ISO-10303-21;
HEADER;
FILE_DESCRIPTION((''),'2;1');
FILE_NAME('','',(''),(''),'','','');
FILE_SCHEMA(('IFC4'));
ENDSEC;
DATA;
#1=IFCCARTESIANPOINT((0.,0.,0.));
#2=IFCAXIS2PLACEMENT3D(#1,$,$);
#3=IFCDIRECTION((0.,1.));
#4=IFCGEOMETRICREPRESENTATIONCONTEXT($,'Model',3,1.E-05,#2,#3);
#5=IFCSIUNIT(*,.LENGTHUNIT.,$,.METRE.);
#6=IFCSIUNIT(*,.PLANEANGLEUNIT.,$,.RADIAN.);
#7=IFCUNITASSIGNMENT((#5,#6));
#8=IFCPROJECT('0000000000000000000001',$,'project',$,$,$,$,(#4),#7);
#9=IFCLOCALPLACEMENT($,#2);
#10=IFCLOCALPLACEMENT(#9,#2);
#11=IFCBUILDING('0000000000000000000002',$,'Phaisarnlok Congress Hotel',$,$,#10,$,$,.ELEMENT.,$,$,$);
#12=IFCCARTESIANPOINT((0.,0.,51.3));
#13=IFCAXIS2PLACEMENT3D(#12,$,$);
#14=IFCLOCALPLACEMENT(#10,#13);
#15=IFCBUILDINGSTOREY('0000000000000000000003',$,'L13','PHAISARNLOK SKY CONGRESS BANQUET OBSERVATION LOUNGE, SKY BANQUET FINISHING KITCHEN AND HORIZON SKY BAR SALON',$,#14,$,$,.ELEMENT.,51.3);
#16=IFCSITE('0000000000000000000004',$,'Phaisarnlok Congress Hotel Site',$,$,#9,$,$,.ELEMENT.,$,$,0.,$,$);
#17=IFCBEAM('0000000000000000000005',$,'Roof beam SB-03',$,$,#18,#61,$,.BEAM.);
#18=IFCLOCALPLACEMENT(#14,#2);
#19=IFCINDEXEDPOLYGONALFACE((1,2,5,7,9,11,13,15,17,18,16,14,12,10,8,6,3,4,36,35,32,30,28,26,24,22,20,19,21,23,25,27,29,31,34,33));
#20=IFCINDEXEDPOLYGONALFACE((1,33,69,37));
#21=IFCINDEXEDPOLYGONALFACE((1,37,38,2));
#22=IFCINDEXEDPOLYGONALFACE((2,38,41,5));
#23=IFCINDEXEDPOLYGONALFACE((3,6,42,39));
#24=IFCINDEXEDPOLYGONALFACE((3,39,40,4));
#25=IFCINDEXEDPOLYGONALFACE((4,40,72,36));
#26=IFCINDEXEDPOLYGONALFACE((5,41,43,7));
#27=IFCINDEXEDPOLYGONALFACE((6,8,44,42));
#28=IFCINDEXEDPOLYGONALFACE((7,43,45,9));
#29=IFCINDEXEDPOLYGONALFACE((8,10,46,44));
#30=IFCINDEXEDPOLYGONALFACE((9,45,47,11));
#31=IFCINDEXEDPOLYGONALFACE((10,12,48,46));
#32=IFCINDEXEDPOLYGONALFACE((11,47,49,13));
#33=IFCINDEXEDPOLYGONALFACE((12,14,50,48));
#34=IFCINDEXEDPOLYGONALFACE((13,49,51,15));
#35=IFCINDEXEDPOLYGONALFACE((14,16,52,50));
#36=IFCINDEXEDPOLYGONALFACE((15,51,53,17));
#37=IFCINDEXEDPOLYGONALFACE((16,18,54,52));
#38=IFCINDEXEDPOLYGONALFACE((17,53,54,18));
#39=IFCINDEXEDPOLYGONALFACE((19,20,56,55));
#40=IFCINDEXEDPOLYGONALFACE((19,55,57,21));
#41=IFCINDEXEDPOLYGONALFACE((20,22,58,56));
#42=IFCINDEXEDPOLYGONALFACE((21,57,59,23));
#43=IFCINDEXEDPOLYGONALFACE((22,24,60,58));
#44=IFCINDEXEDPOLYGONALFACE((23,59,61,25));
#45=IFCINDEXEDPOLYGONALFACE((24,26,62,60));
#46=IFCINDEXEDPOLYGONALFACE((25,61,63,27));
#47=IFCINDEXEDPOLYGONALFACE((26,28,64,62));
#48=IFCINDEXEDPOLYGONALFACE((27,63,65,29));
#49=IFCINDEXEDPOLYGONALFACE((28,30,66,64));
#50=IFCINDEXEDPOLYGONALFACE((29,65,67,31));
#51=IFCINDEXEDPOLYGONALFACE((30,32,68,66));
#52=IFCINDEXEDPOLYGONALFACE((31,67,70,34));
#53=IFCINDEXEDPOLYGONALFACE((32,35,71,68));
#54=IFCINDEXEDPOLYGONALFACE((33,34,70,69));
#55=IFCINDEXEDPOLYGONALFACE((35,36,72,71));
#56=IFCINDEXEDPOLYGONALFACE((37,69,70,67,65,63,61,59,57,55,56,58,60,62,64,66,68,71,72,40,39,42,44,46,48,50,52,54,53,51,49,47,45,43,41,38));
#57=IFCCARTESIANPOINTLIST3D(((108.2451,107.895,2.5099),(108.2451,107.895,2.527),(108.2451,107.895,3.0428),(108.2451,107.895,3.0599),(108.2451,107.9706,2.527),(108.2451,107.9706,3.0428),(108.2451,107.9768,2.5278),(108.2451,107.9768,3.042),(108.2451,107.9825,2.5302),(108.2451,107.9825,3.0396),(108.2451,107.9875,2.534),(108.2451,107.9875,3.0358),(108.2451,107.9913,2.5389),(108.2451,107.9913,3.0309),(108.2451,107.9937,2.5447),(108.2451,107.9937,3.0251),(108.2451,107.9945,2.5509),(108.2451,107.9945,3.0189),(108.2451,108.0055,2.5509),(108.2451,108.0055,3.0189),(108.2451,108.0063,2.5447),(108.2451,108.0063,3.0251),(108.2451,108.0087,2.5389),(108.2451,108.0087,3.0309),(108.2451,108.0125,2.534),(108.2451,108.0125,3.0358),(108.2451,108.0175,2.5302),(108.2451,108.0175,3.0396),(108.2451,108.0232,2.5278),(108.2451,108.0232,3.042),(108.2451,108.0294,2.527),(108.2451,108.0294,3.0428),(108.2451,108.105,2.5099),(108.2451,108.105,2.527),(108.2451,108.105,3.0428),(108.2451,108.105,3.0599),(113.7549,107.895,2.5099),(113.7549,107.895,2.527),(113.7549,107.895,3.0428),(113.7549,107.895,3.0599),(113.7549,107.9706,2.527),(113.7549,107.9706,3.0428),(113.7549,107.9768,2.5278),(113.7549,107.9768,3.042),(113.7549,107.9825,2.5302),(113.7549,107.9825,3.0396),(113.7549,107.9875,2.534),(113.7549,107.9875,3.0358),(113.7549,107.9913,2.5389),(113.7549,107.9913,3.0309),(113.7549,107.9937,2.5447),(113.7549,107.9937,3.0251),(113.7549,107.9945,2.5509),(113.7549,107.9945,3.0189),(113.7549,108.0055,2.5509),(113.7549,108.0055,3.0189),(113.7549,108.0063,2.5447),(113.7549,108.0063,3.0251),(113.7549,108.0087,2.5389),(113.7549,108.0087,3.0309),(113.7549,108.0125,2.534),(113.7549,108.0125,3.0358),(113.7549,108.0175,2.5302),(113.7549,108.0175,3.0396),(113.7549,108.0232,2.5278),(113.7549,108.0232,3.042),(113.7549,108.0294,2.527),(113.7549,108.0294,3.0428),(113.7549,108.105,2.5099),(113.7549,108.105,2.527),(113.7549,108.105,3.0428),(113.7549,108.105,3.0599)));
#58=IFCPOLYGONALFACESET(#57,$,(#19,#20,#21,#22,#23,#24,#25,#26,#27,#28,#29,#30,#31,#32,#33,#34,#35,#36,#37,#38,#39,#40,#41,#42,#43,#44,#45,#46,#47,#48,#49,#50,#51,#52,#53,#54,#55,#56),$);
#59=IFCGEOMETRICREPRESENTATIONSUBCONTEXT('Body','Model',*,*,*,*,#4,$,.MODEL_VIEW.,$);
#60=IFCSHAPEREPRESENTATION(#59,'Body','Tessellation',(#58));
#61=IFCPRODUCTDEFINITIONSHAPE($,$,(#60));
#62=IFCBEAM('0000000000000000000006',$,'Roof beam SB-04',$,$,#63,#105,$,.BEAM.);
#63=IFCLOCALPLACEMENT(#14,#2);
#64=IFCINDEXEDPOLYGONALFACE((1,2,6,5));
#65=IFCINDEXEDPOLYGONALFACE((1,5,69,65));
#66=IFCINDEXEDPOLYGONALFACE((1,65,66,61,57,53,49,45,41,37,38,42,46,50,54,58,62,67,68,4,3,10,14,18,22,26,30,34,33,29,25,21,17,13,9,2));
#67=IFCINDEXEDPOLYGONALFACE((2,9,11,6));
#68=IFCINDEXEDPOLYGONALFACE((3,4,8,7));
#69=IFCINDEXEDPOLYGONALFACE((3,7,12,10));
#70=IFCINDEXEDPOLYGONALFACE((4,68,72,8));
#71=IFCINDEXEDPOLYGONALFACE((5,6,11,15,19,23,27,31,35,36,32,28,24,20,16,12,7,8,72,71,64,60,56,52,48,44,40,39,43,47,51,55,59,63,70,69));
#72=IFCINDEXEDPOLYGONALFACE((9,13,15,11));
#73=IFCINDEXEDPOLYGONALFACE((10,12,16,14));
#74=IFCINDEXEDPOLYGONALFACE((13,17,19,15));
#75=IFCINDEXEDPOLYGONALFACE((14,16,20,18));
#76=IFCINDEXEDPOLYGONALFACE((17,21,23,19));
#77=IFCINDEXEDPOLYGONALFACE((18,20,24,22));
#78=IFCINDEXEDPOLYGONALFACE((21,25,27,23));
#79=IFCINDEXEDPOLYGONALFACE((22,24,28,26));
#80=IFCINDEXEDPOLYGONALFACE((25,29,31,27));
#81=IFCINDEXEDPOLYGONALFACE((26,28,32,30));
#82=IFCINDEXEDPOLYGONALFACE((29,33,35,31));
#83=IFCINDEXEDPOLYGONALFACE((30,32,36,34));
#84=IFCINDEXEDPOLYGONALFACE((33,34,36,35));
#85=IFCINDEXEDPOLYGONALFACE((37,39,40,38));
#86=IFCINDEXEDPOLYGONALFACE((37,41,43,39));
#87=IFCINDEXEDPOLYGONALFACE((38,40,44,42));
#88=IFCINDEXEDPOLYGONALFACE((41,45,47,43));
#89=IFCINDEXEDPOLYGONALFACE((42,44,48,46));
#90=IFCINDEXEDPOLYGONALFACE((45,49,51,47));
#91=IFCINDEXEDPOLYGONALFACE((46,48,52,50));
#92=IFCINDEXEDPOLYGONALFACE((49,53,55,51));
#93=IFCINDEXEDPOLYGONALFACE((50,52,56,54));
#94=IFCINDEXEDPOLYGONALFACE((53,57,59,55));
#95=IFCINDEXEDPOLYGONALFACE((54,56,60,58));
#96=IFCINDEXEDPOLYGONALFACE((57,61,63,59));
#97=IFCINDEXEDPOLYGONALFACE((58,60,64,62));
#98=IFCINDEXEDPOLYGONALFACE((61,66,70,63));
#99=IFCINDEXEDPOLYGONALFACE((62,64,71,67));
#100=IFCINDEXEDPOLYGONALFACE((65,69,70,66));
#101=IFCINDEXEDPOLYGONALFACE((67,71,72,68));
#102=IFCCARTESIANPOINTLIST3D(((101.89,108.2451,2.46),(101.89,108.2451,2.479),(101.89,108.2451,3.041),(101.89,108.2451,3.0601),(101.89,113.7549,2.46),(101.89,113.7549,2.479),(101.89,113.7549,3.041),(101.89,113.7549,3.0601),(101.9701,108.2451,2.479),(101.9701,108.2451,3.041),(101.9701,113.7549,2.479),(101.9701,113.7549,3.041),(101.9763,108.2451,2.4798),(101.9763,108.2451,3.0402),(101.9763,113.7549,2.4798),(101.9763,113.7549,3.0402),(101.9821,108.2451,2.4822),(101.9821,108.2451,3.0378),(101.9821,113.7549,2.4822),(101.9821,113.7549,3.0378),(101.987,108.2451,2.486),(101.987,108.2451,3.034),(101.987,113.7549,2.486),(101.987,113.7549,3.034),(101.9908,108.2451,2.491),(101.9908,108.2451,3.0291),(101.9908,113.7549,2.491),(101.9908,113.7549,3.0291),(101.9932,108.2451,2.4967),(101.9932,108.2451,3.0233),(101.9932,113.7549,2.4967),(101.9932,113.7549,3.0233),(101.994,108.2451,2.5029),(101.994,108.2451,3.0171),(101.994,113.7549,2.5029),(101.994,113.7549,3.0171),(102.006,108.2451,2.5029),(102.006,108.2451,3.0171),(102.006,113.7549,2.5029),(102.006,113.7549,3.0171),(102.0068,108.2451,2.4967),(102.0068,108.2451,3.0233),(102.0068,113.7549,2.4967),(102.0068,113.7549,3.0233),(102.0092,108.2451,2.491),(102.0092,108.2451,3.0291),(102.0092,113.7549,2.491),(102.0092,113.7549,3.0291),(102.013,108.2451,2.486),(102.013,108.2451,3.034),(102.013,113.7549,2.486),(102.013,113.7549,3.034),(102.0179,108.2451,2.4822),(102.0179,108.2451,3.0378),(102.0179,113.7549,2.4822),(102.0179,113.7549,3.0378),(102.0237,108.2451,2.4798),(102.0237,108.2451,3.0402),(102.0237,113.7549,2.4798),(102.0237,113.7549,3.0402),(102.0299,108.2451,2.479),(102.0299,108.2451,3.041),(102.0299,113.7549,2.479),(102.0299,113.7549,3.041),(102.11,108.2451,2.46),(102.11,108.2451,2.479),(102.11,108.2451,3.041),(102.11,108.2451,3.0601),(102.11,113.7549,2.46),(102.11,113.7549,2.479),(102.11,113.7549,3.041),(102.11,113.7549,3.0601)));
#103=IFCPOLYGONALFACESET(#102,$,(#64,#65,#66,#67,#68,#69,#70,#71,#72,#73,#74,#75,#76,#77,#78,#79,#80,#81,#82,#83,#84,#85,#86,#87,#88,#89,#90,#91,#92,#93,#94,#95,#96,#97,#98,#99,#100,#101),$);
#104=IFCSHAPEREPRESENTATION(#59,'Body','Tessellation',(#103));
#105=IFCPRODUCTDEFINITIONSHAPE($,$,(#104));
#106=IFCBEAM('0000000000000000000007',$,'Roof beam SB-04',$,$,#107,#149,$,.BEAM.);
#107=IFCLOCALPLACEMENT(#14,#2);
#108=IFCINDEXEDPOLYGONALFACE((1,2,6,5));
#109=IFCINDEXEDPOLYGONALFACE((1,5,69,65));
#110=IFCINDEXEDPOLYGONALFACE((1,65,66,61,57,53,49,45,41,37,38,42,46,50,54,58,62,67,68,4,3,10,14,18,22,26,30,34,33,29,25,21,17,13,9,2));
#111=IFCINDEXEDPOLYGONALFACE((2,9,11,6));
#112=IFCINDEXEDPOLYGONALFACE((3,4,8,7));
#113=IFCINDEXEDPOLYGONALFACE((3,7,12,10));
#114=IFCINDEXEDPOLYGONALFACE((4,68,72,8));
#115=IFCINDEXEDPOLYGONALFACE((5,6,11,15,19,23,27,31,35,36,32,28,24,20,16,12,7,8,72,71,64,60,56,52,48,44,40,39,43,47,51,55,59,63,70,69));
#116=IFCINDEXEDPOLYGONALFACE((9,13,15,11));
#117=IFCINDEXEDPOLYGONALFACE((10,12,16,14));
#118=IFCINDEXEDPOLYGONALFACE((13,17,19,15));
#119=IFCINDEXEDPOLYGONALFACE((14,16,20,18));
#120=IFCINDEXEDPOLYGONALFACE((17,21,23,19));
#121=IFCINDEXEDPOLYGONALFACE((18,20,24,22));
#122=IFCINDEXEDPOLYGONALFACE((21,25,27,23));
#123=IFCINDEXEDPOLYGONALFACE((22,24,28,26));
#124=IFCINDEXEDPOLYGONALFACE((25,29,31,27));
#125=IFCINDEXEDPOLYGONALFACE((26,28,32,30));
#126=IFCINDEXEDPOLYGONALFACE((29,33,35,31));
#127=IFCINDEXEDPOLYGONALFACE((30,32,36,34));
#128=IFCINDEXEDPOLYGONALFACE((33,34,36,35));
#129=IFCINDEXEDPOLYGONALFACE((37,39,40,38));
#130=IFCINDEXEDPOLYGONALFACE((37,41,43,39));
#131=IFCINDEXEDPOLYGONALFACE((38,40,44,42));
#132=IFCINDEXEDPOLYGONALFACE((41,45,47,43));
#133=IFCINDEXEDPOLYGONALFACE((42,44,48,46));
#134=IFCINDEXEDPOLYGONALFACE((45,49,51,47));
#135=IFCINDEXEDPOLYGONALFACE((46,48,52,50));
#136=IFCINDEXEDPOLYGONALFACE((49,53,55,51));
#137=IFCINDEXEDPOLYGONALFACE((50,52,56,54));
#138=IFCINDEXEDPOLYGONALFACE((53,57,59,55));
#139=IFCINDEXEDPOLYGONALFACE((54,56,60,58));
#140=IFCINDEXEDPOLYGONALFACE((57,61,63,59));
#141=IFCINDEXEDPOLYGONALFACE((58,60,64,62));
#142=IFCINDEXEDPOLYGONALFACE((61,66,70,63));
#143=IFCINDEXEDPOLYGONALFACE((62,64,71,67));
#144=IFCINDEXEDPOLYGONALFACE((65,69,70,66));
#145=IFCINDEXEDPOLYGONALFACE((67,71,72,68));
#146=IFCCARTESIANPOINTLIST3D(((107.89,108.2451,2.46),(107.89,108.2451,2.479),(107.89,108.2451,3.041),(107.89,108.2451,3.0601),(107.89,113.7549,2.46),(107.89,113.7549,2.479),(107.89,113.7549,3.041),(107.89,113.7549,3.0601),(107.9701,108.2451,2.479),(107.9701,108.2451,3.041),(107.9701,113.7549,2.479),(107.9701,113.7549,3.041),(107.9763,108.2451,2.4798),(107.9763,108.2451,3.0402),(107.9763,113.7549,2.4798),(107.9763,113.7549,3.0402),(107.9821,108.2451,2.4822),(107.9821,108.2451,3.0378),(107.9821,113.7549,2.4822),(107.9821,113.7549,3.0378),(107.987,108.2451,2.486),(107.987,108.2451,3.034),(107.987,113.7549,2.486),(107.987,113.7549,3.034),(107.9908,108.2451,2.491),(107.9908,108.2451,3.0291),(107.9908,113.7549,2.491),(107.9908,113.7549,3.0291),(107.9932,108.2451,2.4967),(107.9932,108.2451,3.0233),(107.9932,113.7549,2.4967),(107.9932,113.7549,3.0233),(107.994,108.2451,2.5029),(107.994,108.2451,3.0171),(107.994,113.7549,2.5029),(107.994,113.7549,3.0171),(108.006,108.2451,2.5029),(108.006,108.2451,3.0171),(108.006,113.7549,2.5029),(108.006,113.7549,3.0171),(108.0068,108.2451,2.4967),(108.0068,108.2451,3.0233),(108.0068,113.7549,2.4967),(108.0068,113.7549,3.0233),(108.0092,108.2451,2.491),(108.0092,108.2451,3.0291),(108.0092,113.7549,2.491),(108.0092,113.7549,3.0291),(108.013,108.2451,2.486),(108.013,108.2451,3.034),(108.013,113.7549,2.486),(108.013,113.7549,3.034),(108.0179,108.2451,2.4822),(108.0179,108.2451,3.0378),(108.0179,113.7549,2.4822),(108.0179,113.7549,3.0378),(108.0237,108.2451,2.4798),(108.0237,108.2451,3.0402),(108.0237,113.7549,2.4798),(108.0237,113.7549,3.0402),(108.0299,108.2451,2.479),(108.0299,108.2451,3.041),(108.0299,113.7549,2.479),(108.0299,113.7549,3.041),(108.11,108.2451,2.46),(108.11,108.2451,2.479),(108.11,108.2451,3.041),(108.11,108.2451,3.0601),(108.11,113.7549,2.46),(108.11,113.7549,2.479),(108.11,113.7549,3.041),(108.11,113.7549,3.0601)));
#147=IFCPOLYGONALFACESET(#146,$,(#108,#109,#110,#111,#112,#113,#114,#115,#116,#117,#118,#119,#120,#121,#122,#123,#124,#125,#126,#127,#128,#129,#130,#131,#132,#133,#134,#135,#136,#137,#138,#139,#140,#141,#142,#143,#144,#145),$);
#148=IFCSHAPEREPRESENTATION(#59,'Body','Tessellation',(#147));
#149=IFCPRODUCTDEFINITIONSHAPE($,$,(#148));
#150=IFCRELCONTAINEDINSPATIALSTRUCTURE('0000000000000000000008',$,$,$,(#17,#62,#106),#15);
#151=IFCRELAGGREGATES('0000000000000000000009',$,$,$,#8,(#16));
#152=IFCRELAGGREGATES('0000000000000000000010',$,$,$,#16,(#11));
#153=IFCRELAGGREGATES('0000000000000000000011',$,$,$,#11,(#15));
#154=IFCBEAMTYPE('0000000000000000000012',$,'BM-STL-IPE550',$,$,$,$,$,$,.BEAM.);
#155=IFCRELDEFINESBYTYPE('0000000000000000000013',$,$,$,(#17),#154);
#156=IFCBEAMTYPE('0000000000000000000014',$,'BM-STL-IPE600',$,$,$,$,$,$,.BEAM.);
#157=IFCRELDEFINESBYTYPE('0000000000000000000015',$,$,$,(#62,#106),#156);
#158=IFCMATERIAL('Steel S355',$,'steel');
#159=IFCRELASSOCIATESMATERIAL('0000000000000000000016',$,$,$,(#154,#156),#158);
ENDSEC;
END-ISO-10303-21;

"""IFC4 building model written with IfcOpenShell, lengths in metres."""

from ifc_helpers import new_model, si_unit, direction, frame, origin, origin_2d, place, context, subcontext, project, spatial, i_section, extrude, material, material_profile, profile_set, type_object, element, save


model = new_model("IFC4")

# Units and contexts
model_context = context("Model", 3, precision=1e-05, world=origin(), true_north=direction((0.0, 1.0)))
body_context = subcontext(model_context, "Body", "Model", "MODEL_VIEW")
ifc_project = project(units=[si_unit("LENGTHUNIT", "METRE"), si_unit("PLANEANGLEUNIT", "RADIAN")], contexts=[model_context])

# Site, building, storey
site_placement = place(None, origin())
site = spatial("IfcSite", under=ifc_project, at=site_placement, Name="Phaisarnlok Congress Hotel Site", CompositionType="ELEMENT", RefElevation=0.0)
building_placement = place(site_placement, origin())
building = spatial("IfcBuilding", under=site, at=building_placement, Name="Phaisarnlok Congress Hotel", CompositionType="ELEMENT")
storey_placement = place(building_placement, frame((0.0, 0.0, 51.3)))
storey = spatial("IfcBuildingStorey", under=building, at=storey_placement, Name="L13", Description="PHAISARNLOK SKY CONGRESS BANQUET OBSERVATION LOUNGE, SKY BANQUET FINISHING KITCHEN AND HORIZON SKY BAR SALON", CompositionType="ELEMENT", Elevation=51.3)

# Beams
ifc_material_1 = material(Name="Steel S355", Category="steel")
ifc_material_profile_1 = material_profile(ifc_material_1, i_section(OverallWidth=0.21, OverallDepth=0.55, WebThickness=0.011, FlangeThickness=0.0171, FilletRadius=0.0239, at=origin_2d()), Name="IPE 550")
ifc_profile_set_1 = profile_set([ifc_material_profile_1], Name="Steel S355")
beam_type_1 = type_object("IfcBeamType", Name="BM-STL-IPE550", PredefinedType="BEAM", material=ifc_profile_set_1)
beam_1_placement = place(storey_placement, frame((108.2451, 108.0, 2.7849), z_axis=(1.0, 0.0, 0.0), x_axis=(0.0, 1.0, 0.0)))
element("IfcBeam", 1, at=beam_1_placement, inside=storey, type_object=beam_type_1, Name="Roof beam SB-03", PredefinedType="BEAM", context=body_context, shape_type="SweptSolid", body=[
    extrude(i_section(OverallWidth=0.21, OverallDepth=0.55, WebThickness=0.011, FlangeThickness=0.0171, FilletRadius=0.0239, at=origin_2d()), origin(), (0.0, 0.0, 1.0), 5.5098),
])
ifc_material_profile_2 = material_profile(ifc_material_1, i_section(OverallWidth=0.22, OverallDepth=0.6001, WebThickness=0.012, FlangeThickness=0.019, FilletRadius=0.0239, at=origin_2d()), Name="IPE 600")
ifc_profile_set_2 = profile_set([ifc_material_profile_2], Name="Steel S355")
beam_type_2 = type_object("IfcBeamType", Name="BM-STL-IPE600", PredefinedType="BEAM", material=ifc_profile_set_2)
for number, where, z_axis, x_axis, name in (
    (2, (102.0, 108.2451, 2.76), (0.0, 1.0, 0.0), (-1.0, 0.0, 0.0), "Roof beam SB-04"),
    (3, (108.0, 108.2451, 2.76), (0.0, 1.0, 0.0), (-1.0, 0.0, 0.0), "Roof beam SB-04"),
):
    element("IfcBeam", number, at=place(storey_placement, frame(where, z_axis=z_axis, x_axis=x_axis)), inside=storey, type_object=beam_type_2, Name=name, PredefinedType="BEAM", context=body_context, shape_type="SweptSolid", body=[
        extrude(i_section(OverallWidth=0.22, OverallDepth=0.6001, WebThickness=0.012, FlangeThickness=0.019, FilletRadius=0.0239, at=origin_2d()), origin(), (0.0, 0.0, 1.0), 5.5098),
    ])

save(model, "model.ifc")
